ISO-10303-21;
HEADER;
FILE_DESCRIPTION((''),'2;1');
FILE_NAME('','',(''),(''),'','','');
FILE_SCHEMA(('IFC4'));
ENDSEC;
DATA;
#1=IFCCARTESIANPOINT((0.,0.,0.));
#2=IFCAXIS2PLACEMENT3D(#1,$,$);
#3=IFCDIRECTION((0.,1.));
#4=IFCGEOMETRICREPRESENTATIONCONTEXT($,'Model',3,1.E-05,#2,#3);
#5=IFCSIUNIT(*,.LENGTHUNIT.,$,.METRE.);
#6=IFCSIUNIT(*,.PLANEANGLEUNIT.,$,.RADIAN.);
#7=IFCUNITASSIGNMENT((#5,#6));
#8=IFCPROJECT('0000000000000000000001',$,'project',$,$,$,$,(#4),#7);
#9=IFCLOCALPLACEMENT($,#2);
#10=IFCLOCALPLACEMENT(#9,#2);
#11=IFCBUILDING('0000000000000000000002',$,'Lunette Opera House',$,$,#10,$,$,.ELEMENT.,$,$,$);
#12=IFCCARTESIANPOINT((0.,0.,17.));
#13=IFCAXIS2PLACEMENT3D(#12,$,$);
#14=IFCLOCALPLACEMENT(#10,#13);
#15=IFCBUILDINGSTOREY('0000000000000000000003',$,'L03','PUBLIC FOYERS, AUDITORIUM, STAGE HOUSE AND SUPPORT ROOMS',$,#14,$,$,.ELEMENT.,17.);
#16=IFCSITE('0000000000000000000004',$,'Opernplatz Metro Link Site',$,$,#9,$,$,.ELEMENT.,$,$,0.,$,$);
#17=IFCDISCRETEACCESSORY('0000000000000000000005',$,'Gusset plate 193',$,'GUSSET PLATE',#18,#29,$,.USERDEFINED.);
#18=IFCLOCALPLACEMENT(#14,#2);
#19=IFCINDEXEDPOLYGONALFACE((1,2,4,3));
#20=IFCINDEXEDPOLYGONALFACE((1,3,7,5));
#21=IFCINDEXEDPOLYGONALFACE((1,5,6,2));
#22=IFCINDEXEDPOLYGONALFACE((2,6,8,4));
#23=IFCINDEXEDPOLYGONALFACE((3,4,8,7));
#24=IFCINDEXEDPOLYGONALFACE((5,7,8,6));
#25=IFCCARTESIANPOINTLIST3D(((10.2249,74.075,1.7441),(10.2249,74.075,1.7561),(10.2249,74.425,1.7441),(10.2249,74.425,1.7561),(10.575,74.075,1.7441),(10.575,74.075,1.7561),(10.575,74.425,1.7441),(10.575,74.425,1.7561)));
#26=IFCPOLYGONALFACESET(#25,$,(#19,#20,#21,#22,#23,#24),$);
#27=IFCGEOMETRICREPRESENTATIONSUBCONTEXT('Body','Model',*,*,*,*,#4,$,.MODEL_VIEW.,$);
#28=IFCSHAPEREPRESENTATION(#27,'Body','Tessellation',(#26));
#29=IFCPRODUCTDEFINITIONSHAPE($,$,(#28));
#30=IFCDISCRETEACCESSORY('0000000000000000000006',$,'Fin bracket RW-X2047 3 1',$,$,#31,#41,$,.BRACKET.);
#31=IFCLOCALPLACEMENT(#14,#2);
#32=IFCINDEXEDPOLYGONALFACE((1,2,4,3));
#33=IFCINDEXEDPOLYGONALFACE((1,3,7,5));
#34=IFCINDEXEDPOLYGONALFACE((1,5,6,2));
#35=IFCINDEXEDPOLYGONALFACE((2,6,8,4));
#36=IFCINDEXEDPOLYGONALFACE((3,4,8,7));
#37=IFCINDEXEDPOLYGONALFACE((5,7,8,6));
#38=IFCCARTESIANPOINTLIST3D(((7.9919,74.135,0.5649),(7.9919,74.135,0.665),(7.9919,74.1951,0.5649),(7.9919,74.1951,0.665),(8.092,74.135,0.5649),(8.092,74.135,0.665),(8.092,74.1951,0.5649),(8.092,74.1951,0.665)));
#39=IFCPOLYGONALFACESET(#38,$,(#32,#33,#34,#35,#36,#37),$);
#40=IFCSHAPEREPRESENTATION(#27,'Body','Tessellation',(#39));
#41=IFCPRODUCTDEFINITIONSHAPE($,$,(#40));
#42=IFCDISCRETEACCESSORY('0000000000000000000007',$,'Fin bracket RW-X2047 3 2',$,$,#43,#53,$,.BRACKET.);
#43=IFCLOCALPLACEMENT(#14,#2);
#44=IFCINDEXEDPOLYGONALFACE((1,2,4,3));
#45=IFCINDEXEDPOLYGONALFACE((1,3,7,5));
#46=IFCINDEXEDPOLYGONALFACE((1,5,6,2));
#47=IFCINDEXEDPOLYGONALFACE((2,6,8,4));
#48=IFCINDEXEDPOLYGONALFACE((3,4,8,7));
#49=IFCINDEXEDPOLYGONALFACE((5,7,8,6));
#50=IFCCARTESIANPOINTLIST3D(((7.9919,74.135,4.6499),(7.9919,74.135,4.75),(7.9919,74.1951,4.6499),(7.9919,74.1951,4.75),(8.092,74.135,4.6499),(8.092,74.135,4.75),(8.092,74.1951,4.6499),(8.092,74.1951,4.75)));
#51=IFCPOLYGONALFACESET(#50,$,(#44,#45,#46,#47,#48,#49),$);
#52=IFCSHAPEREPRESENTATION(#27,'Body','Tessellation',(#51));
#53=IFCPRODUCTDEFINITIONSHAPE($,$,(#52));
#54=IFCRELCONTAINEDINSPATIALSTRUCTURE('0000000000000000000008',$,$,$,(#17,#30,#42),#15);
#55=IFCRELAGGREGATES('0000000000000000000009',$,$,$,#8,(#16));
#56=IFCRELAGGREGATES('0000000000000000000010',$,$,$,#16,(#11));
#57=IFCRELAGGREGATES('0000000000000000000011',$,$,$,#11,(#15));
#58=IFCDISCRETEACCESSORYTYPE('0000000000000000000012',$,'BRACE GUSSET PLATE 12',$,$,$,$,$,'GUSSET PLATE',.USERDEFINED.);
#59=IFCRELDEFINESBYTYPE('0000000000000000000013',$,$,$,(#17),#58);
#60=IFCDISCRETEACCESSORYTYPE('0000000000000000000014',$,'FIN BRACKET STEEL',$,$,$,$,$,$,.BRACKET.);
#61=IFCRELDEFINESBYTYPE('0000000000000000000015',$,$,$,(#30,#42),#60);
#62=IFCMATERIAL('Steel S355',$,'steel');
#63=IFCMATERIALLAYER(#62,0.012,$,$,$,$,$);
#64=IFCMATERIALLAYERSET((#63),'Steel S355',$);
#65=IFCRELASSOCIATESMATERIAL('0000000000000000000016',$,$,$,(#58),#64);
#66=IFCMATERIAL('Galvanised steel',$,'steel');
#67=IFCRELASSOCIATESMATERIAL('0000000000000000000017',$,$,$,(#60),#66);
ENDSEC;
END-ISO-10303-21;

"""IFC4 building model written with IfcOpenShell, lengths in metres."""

from ifc_helpers import new_model, si_unit, direction, frame, origin, origin_2d, place, context, subcontext, project, spatial, rectangle, extrude, material, layer, layer_set, type_object, element, save


model = new_model("IFC4")

# Units and contexts
model_context = context("Model", 3, precision=1e-05, world=origin(), true_north=direction((0.0, 1.0)))
body_context = subcontext(model_context, "Body", "Model", "MODEL_VIEW")
ifc_project = project(units=[si_unit("LENGTHUNIT", "METRE"), si_unit("PLANEANGLEUNIT", "RADIAN")], contexts=[model_context])

# Site, building, storey
site_placement = place(None, origin())
site = spatial("IfcSite", under=ifc_project, at=site_placement, Name="Opernplatz Metro Link Site", CompositionType="ELEMENT", RefElevation=0.0)
building_placement = place(site_placement, origin())
building = spatial("IfcBuilding", under=site, at=building_placement, Name="Lunette Opera House", CompositionType="ELEMENT")
storey_placement = place(building_placement, frame((0.0, 0.0, 17.0)))
storey = spatial("IfcBuildingStorey", under=building, at=storey_placement, Name="L03", Description="PUBLIC FOYERS, AUDITORIUM, STAGE HOUSE AND SUPPORT ROOMS", CompositionType="ELEMENT", Elevation=17.0)

# Discrete accessories
ifc_material_1 = material(Name="Steel S355", Category="steel")
ifc_layer_1 = layer(ifc_material_1, 0.012)
ifc_layer_set_1 = layer_set([ifc_layer_1], Name="Steel S355")
discrete_accessory_type_1 = type_object("IfcDiscreteAccessoryType", Name="BRACE GUSSET PLATE 12", ElementType="GUSSET PLATE", PredefinedType="USERDEFINED", material=ifc_layer_set_1)
discrete_accessory_1_placement = place(storey_placement, frame((10.3999, 74.25, 1.7441), z_axis=(0.0, 0.0, 1.0), x_axis=(0.0, 1.0, 0.0)))
element("IfcDiscreteAccessory", 1, at=discrete_accessory_1_placement, inside=storey, type_object=discrete_accessory_type_1, Name="Gusset plate 193", ObjectType="GUSSET PLATE", PredefinedType="USERDEFINED", context=body_context, shape_type="SweptSolid", body=[
    extrude(rectangle(XDim=0.3501, YDim=0.3501, at=origin_2d()), origin(), (0.0, 0.0, 1.0), 0.012),
])
ifc_material_2 = material(Name="Galvanised steel", Category="steel")
discrete_accessory_type_2 = type_object("IfcDiscreteAccessoryType", Name="FIN BRACKET STEEL", PredefinedType="BRACKET", material=ifc_material_2)
for number, where, z_axis, x_axis, name in (
    (2, (8.042, 74.165, 0.5649), (0.0, 0.0, 1.0), (-1.0, 0.0, 0.0), "Fin bracket RW-X2047 3 1"),
    (3, (8.042, 74.165, 4.6499), (0.0, 0.0, 1.0), (-1.0, 0.0, 0.0), "Fin bracket RW-X2047 3 2"),
):
    element("IfcDiscreteAccessory", number, at=place(storey_placement, frame(where, z_axis=z_axis, x_axis=x_axis)), inside=storey, type_object=discrete_accessory_type_2, Name=name, PredefinedType="BRACKET", context=body_context, shape_type="SweptSolid", body=[
        extrude(rectangle(XDim=0.1001, YDim=0.0601, at=origin_2d()), origin(), (0.0, 0.0, 1.0), 0.1001),
    ])

save(model, "model.ifc")
